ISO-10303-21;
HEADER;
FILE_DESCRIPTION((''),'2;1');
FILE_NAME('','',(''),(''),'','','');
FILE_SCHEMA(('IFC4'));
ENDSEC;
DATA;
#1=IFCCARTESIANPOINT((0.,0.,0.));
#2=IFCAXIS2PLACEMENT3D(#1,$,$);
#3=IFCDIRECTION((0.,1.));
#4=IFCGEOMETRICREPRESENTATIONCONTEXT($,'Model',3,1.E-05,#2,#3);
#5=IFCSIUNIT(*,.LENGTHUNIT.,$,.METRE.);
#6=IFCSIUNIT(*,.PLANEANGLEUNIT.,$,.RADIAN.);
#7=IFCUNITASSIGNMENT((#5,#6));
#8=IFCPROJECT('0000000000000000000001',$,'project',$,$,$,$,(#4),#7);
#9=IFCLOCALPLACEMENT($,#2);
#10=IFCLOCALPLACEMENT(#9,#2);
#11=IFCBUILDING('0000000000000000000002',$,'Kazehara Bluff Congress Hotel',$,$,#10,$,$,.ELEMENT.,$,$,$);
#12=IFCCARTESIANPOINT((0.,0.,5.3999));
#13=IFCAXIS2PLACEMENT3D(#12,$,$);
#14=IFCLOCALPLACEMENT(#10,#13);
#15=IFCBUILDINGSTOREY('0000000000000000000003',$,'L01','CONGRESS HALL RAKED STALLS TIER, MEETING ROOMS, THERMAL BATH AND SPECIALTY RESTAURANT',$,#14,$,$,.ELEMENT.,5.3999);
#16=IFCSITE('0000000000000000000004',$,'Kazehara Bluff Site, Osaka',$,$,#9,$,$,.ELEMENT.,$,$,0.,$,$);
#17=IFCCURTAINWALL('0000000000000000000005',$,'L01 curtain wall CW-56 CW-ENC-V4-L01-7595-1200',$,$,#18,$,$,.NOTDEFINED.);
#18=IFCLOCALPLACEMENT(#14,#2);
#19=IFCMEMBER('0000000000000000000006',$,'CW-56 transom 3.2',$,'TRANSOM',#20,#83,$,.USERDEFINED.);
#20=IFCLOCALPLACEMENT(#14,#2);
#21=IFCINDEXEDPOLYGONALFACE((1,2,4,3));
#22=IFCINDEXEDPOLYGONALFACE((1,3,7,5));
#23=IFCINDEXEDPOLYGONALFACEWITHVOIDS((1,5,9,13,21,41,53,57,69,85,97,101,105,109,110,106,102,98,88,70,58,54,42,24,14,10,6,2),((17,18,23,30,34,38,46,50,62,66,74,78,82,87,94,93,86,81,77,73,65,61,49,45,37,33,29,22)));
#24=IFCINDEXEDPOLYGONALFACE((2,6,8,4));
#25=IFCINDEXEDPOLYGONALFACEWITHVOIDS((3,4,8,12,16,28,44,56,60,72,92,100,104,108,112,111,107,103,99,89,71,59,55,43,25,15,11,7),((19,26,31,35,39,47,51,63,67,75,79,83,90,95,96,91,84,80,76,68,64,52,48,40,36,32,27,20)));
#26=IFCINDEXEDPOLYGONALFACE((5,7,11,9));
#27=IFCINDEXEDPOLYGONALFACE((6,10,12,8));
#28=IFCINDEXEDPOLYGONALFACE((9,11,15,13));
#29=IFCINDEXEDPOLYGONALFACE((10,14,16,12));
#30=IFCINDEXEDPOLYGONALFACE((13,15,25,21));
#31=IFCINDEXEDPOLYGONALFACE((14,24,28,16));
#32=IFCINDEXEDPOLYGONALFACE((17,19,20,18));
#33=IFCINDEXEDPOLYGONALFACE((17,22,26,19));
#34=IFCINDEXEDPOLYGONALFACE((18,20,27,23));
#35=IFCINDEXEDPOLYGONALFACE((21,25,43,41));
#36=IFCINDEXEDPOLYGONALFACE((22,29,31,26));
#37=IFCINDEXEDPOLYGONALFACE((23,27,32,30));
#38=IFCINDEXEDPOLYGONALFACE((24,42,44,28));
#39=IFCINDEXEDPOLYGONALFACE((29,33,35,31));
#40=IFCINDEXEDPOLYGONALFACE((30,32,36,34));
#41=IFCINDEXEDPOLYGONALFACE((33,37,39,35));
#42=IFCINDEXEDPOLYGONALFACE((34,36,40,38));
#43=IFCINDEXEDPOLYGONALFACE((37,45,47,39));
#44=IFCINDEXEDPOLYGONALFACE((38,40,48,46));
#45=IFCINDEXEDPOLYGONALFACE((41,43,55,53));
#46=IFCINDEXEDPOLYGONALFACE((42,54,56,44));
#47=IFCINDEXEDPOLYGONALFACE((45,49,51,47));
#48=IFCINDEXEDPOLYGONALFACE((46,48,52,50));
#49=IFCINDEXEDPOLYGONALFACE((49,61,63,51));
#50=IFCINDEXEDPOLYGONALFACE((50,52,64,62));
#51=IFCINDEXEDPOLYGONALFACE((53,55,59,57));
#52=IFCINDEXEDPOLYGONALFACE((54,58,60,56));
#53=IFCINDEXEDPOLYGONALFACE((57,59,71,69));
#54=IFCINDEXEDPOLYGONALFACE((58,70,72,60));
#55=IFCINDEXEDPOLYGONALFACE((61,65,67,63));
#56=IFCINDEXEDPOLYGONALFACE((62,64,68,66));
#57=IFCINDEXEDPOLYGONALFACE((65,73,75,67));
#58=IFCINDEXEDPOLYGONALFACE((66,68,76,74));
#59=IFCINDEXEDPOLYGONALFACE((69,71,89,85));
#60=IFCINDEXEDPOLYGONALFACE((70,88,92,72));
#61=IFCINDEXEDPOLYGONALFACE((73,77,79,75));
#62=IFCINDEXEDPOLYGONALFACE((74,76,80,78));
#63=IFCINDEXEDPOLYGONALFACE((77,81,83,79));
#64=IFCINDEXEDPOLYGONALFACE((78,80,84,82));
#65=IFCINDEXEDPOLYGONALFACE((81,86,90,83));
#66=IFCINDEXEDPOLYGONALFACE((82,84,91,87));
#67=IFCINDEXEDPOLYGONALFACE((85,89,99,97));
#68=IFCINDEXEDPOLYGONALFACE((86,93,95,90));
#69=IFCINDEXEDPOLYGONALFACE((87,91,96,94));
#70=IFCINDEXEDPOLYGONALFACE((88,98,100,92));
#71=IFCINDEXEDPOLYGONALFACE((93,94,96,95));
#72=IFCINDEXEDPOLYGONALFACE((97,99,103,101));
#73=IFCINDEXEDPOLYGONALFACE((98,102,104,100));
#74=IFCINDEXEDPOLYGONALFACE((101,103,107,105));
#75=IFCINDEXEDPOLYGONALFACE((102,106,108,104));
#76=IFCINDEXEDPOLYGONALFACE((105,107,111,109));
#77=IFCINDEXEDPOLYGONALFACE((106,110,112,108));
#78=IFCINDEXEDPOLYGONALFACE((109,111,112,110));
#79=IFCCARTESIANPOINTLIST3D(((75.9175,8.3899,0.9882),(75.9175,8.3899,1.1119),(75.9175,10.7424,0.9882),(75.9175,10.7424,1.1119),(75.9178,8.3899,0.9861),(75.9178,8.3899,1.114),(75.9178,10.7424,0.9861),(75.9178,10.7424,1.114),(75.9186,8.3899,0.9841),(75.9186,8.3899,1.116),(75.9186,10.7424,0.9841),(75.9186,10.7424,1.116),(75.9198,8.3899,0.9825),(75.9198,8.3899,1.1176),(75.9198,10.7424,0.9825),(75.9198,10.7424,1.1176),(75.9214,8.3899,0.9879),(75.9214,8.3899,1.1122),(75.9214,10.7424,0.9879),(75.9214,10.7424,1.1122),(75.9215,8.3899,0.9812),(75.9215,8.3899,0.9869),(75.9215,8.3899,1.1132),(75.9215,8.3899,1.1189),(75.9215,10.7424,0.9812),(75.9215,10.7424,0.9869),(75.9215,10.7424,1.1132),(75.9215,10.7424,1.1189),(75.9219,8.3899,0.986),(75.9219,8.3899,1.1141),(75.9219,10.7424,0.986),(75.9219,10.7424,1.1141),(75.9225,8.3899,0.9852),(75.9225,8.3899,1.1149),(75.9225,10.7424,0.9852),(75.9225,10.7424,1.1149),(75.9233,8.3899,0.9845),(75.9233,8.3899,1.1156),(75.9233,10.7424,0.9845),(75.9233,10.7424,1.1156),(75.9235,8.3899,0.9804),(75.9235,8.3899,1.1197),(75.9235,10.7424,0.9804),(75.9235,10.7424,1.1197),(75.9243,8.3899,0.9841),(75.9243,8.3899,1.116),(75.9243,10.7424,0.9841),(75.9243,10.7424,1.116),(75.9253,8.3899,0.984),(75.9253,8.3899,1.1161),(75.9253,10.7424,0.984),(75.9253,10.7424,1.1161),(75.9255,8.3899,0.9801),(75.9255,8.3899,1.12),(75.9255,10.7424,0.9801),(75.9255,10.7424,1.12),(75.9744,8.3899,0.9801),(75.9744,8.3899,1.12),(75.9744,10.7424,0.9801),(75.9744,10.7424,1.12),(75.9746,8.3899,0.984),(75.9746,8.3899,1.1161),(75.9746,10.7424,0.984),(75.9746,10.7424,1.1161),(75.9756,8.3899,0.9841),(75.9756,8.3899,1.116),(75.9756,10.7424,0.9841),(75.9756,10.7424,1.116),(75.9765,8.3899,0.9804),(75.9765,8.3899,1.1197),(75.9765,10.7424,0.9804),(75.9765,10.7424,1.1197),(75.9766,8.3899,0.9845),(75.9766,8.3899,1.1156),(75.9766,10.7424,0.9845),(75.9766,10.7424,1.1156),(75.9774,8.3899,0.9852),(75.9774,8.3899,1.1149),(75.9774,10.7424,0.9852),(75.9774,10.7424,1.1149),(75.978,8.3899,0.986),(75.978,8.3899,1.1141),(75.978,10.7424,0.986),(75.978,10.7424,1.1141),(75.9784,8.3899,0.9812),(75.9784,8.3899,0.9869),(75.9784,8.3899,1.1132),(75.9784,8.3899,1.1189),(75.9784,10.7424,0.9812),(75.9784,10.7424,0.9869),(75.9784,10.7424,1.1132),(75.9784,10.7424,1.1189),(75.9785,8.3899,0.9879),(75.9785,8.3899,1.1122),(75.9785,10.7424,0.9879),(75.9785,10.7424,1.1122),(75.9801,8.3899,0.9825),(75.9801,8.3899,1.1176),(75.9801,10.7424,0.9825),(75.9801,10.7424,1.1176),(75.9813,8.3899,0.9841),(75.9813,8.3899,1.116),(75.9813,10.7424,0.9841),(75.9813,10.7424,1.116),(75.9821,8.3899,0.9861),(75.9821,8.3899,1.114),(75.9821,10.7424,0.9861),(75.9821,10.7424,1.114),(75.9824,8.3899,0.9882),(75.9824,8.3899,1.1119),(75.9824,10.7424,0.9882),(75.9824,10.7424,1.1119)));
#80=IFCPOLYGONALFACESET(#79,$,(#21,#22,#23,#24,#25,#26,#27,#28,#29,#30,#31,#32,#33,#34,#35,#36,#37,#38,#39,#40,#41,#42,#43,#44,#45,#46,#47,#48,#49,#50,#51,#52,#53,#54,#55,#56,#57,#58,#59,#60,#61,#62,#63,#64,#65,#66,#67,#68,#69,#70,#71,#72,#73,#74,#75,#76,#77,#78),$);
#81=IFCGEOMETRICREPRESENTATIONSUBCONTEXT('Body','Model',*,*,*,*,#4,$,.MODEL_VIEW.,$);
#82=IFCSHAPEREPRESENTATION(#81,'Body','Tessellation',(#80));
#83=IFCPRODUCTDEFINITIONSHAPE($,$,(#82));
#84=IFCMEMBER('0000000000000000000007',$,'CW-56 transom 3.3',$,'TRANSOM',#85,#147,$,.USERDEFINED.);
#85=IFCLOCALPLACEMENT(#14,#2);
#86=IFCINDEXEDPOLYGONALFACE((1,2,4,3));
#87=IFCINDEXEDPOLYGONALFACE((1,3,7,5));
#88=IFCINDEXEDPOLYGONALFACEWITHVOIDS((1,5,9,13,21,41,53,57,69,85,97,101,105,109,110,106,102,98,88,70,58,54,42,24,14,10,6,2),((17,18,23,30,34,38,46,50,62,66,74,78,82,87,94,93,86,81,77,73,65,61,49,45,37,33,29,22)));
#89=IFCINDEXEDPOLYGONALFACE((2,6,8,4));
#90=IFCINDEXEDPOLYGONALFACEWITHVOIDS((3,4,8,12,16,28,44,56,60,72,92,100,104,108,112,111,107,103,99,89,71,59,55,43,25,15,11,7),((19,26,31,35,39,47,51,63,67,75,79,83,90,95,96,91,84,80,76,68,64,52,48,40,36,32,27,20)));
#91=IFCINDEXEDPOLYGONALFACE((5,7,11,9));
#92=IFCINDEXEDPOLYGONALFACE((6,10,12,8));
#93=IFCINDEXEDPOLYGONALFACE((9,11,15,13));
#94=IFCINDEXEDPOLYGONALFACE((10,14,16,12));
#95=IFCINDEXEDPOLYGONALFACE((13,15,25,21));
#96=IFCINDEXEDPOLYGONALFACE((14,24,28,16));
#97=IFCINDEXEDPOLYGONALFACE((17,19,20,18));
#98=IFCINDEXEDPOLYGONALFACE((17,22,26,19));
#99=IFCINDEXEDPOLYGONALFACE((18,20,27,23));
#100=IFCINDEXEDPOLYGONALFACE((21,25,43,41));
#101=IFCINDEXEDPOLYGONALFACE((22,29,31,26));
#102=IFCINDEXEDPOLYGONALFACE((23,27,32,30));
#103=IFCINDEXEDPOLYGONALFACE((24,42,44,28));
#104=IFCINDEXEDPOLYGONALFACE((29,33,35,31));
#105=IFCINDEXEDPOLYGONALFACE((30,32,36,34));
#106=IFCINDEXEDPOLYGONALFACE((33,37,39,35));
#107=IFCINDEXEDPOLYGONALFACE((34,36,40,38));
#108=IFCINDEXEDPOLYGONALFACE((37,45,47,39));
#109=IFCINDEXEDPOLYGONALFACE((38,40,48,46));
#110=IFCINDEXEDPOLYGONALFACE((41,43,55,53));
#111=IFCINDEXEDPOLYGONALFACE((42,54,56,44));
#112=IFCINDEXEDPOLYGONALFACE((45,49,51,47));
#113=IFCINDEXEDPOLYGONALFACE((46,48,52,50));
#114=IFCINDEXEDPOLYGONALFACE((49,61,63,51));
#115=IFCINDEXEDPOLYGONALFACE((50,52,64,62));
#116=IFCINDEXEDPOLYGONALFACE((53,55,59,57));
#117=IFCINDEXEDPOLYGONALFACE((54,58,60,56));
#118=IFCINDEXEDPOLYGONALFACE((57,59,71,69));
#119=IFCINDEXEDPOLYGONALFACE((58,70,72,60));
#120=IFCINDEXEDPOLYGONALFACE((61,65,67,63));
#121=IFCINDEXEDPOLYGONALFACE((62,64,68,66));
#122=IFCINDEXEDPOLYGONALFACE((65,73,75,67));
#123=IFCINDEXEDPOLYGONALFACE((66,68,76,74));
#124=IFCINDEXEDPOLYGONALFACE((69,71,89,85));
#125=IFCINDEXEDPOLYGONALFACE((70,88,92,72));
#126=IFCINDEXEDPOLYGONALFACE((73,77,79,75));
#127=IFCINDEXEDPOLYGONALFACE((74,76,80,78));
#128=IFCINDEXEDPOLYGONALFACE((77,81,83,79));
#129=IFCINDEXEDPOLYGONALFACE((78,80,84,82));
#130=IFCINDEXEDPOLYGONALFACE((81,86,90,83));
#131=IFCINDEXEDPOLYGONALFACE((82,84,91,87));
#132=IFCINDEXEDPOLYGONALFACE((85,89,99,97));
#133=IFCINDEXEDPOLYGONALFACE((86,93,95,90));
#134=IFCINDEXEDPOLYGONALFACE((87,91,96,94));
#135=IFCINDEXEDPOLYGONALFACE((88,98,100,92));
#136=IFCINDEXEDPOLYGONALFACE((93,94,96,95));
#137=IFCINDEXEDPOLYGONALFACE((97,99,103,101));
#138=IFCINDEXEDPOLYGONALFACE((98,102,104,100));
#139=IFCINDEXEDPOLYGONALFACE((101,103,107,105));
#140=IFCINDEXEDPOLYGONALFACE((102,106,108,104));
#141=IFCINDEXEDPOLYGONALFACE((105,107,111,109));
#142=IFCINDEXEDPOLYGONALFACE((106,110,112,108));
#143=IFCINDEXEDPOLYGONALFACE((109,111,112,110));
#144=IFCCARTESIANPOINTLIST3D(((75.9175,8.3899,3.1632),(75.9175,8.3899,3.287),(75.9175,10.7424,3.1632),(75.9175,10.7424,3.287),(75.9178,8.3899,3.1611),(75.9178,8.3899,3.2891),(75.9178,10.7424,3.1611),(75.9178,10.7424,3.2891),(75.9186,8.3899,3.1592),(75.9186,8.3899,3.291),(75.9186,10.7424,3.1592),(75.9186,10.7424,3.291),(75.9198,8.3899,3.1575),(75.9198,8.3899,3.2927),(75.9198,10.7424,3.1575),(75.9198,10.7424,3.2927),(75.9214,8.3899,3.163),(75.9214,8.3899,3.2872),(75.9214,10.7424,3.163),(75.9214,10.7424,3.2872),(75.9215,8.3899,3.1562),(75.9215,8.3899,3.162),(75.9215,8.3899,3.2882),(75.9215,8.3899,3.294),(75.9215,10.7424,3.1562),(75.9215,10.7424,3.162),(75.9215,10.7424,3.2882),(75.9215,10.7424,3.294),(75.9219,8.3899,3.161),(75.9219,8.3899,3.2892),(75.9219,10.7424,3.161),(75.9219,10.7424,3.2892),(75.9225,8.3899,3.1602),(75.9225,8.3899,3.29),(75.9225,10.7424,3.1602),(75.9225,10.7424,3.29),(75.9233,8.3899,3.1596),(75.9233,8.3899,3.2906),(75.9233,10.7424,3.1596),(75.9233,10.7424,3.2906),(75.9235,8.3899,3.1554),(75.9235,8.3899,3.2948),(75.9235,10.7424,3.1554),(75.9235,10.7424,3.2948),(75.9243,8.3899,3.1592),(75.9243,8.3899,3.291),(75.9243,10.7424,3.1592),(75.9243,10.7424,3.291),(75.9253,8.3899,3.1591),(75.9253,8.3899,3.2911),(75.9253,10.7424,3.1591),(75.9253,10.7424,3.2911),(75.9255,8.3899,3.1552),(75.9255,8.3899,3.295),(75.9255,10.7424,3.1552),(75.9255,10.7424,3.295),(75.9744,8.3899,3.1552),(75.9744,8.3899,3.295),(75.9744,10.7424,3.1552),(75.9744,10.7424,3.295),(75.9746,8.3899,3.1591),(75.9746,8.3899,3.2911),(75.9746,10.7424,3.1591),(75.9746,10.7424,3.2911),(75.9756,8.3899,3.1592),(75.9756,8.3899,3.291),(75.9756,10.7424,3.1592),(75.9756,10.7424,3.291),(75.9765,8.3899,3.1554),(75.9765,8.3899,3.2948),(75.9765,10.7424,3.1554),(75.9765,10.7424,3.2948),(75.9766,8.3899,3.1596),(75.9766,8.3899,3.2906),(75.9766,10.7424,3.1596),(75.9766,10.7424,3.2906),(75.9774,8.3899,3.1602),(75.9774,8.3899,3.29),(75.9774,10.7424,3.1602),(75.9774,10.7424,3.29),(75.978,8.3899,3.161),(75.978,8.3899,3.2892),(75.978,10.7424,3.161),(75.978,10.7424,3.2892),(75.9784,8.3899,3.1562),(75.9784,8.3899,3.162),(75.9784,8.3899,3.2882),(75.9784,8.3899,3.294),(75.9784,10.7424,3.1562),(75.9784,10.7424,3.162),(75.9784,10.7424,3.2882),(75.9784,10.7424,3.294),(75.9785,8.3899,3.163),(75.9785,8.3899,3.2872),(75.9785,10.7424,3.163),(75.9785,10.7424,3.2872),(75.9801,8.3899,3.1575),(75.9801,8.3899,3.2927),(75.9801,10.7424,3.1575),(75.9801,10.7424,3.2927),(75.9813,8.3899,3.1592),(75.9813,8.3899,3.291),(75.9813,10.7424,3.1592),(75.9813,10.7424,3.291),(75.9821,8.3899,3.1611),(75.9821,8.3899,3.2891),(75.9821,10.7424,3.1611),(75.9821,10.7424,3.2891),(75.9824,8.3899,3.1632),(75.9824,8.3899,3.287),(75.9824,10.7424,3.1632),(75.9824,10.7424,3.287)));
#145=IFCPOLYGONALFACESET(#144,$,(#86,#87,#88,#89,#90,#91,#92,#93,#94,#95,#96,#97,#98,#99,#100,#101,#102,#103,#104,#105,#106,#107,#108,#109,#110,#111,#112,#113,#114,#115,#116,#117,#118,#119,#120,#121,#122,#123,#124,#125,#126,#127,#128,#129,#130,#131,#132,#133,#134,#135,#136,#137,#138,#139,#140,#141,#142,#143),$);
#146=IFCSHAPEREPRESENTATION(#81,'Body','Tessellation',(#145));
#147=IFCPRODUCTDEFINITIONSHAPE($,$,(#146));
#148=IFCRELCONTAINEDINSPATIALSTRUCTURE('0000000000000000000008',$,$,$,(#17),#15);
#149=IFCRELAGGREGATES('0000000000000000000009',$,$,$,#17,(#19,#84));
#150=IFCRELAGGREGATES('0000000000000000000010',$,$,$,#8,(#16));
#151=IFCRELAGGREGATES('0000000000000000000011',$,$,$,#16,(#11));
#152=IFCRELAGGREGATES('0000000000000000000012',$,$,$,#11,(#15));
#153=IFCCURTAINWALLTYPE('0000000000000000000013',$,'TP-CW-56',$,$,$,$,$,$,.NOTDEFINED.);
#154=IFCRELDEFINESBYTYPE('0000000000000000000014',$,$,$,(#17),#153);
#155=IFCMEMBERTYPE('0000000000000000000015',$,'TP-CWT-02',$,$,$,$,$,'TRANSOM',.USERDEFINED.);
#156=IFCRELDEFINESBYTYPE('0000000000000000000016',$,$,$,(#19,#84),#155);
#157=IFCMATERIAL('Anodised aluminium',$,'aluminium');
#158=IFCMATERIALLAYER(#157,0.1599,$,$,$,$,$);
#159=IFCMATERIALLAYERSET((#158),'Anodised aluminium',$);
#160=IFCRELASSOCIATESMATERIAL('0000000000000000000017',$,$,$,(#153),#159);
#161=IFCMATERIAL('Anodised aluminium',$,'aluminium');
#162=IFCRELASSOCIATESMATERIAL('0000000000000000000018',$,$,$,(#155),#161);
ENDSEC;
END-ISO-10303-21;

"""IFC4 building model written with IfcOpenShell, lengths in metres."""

from ifc_helpers import new_model, si_unit, direction, frame, origin, origin_2d, place, context, subcontext, project, spatial, hollow_rectangle, extrude, material, layer, layer_set, material_profile, profile_set, type_object, element, aggregate, save


model = new_model("IFC4")

# Units and contexts
model_context = context("Model", 3, precision=1e-05, world=origin(), true_north=direction((0.0, 1.0)))
body_context = subcontext(model_context, "Body", "Model", "MODEL_VIEW")
ifc_project = project(units=[si_unit("LENGTHUNIT", "METRE"), si_unit("PLANEANGLEUNIT", "RADIAN")], contexts=[model_context])

# Site, building, storey
site_placement = place(None, origin())
site = spatial("IfcSite", under=ifc_project, at=site_placement, Name="Kazehara Bluff Site, Osaka", CompositionType="ELEMENT", RefElevation=0.0)
building_placement = place(site_placement, origin())
building = spatial("IfcBuilding", under=site, at=building_placement, Name="Kazehara Bluff Congress Hotel", CompositionType="ELEMENT")
storey_placement = place(building_placement, frame((0.0, 0.0, 5.3999)))
storey = spatial("IfcBuildingStorey", under=building, at=storey_placement, Name="L01", Description="CONGRESS HALL RAKED STALLS TIER, MEETING ROOMS, THERMAL BATH AND SPECIALTY RESTAURANT", CompositionType="ELEMENT", Elevation=5.3999)

# Curtain wall
ifc_material_1 = material(Name="Anodised aluminium", Category="aluminium")
ifc_layer_1 = layer(ifc_material_1, 0.1599)
ifc_layer_set_1 = layer_set([ifc_layer_1], Name="Anodised aluminium")
curtain_wall_type_1 = type_object("IfcCurtainWallType", Name="TP-CW-56", PredefinedType="NOTDEFINED", material=ifc_layer_set_1)
curtain_wall_1_placement = place(storey_placement, origin())
curtain_wall_1 = element("IfcCurtainWall", 1, at=curtain_wall_1_placement, inside=storey, type_object=curtain_wall_type_1, Name="L01 curtain wall CW-56 CW-ENC-V4-L01-7595-1200", PredefinedType="NOTDEFINED")

# Members
ifc_material_2 = material(Name="Anodised aluminium", Category="aluminium")
ifc_material_profile_1 = material_profile(ifc_material_2, hollow_rectangle(XDim=0.0649, YDim=0.1399, WallThickness=0.0039, InnerFilletRadius=0.0039, OuterFilletRadius=0.0081, at=origin_2d()))
ifc_profile_set_1 = profile_set([ifc_material_profile_1], Name="Anodised aluminium")
member_type_1 = type_object("IfcMemberType", Name="TP-CWT-02", ElementType="TRANSOM", PredefinedType="USERDEFINED", material=ifc_profile_set_1)
member_1_placement = place(storey_placement, frame((75.95, 10.7424, 1.05), z_axis=(0.0, -1.0, 0.0), x_axis=(1.0, 0.0, 0.0)))
member_1 = element("IfcMember", 2, at=member_1_placement, type_object=member_type_1, Name="CW-56 transom 3.2", ObjectType="TRANSOM", PredefinedType="USERDEFINED", context=body_context, shape_type="SweptSolid", body=[
    extrude(hollow_rectangle(XDim=0.0649, YDim=0.1399, WallThickness=0.0039, InnerFilletRadius=0.0039, OuterFilletRadius=0.0081, at=origin_2d()), origin(), (0.0, 0.0, 1.0), 2.3525),
])
member_2_placement = place(storey_placement, frame((75.95, 10.7424, 3.2251), z_axis=(0.0, -1.0, 0.0), x_axis=(1.0, 0.0, 0.0)))
member_2 = element("IfcMember", 3, at=member_2_placement, type_object=member_type_1, Name="CW-56 transom 3.3", ObjectType="TRANSOM", PredefinedType="USERDEFINED", context=body_context, shape_type="SweptSolid", body=[
    extrude(hollow_rectangle(XDim=0.0649, YDim=0.1399, WallThickness=0.0039, InnerFilletRadius=0.0039, OuterFilletRadius=0.0081, at=origin_2d()), origin(), (0.0, 0.0, 1.0), 2.3525),
])

aggregate(curtain_wall_1, [member_1, member_2])

save(model, "model.ifc")
